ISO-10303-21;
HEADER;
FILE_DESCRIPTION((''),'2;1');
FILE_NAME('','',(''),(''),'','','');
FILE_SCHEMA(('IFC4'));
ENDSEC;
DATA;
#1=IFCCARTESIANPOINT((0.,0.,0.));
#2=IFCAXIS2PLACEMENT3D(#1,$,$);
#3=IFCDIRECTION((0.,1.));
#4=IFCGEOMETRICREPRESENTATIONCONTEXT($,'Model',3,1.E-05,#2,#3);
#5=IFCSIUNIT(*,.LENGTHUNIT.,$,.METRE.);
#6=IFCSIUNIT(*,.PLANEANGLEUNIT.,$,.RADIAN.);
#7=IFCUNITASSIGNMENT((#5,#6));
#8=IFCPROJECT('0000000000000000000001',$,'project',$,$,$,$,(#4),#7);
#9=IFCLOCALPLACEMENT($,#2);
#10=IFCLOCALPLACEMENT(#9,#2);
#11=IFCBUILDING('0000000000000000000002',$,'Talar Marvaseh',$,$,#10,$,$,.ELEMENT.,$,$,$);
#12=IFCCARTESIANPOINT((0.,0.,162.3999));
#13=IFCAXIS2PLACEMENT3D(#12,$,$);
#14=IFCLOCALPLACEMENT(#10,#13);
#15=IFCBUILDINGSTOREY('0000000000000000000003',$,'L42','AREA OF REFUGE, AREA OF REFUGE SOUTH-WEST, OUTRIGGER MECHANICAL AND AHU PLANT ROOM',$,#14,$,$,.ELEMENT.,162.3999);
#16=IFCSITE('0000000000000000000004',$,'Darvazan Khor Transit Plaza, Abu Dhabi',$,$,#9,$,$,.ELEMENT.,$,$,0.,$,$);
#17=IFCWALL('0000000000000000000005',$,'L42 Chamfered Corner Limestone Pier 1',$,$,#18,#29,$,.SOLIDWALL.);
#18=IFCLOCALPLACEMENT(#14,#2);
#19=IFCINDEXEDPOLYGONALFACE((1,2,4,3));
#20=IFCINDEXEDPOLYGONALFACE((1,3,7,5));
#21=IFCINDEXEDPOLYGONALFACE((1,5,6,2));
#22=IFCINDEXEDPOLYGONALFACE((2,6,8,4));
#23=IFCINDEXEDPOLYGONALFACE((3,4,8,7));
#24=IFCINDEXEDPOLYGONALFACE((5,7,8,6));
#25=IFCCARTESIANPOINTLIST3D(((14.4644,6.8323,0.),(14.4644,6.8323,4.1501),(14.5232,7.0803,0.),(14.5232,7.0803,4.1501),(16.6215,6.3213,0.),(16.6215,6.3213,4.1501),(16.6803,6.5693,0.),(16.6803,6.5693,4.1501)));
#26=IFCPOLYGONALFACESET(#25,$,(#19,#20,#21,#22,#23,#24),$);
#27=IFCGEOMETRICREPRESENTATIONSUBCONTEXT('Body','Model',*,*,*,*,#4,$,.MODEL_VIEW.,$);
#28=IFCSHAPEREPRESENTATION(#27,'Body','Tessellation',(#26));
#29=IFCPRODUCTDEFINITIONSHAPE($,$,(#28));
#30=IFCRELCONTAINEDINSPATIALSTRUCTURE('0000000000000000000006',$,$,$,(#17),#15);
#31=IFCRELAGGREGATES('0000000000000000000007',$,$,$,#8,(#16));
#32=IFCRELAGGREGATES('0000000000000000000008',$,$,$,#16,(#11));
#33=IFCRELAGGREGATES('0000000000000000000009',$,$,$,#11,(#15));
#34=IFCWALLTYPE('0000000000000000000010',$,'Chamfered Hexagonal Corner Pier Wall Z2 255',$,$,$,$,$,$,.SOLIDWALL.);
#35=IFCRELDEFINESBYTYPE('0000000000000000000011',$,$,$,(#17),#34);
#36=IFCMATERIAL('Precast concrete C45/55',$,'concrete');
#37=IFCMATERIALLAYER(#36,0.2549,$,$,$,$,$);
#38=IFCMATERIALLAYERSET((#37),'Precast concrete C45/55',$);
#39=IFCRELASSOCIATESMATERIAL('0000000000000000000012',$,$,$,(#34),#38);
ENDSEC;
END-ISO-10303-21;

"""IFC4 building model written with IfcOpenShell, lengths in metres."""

from ifc_helpers import new_model, si_unit, direction, frame, frame_2d, origin, place, context, subcontext, project, spatial, rectangle, extrude, material, layer, layer_set, type_object, element, save


model = new_model("IFC4")

# Units and contexts
model_context = context("Model", 3, precision=1e-05, world=origin(), true_north=direction((0.0, 1.0)))
body_context = subcontext(model_context, "Body", "Model", "MODEL_VIEW")
ifc_project = project(units=[si_unit("LENGTHUNIT", "METRE"), si_unit("PLANEANGLEUNIT", "RADIAN")], contexts=[model_context])

# Site, building, storey
site_placement = place(None, origin())
site = spatial("IfcSite", under=ifc_project, at=site_placement, Name="Darvazan Khor Transit Plaza, Abu Dhabi", CompositionType="ELEMENT", RefElevation=0.0)
building_placement = place(site_placement, origin())
building = spatial("IfcBuilding", under=site, at=building_placement, Name="Talar Marvaseh", CompositionType="ELEMENT")
storey_placement = place(building_placement, frame((0.0, 0.0, 162.3999)))
storey = spatial("IfcBuildingStorey", under=building, at=storey_placement, Name="L42", Description="AREA OF REFUGE, AREA OF REFUGE SOUTH-WEST, OUTRIGGER MECHANICAL AND AHU PLANT ROOM", CompositionType="ELEMENT", Elevation=162.3999)

# Wall
ifc_material_1 = material(Name="Precast concrete C45/55", Category="concrete")
ifc_layer_1 = layer(ifc_material_1, 0.2549)
ifc_layer_set_1 = layer_set([ifc_layer_1], Name="Precast concrete C45/55")
wall_type = type_object("IfcWallType", Name="Chamfered Hexagonal Corner Pier Wall Z2 255", PredefinedType="SOLIDWALL", material=ifc_layer_set_1)
wall_placement = place(storey_placement, frame((16.6509, 6.4453, 0.0), z_axis=(0.0, 0.0, 1.0), x_axis=(-0.973068, 0.230519, 0.0)))
element("IfcWall", 1, at=wall_placement, inside=storey, type_object=wall_type, Name="L42 Chamfered Corner Limestone Pier 1", PredefinedType="SOLIDWALL", context=body_context, shape_type="SweptSolid", body=[
    extrude(rectangle(XDim=2.2168, YDim=0.2549, at=frame_2d((1.1084, 0.0))), origin(), (0.0, 0.0, 1.0), 4.1501),
])

save(model, "model.ifc")
